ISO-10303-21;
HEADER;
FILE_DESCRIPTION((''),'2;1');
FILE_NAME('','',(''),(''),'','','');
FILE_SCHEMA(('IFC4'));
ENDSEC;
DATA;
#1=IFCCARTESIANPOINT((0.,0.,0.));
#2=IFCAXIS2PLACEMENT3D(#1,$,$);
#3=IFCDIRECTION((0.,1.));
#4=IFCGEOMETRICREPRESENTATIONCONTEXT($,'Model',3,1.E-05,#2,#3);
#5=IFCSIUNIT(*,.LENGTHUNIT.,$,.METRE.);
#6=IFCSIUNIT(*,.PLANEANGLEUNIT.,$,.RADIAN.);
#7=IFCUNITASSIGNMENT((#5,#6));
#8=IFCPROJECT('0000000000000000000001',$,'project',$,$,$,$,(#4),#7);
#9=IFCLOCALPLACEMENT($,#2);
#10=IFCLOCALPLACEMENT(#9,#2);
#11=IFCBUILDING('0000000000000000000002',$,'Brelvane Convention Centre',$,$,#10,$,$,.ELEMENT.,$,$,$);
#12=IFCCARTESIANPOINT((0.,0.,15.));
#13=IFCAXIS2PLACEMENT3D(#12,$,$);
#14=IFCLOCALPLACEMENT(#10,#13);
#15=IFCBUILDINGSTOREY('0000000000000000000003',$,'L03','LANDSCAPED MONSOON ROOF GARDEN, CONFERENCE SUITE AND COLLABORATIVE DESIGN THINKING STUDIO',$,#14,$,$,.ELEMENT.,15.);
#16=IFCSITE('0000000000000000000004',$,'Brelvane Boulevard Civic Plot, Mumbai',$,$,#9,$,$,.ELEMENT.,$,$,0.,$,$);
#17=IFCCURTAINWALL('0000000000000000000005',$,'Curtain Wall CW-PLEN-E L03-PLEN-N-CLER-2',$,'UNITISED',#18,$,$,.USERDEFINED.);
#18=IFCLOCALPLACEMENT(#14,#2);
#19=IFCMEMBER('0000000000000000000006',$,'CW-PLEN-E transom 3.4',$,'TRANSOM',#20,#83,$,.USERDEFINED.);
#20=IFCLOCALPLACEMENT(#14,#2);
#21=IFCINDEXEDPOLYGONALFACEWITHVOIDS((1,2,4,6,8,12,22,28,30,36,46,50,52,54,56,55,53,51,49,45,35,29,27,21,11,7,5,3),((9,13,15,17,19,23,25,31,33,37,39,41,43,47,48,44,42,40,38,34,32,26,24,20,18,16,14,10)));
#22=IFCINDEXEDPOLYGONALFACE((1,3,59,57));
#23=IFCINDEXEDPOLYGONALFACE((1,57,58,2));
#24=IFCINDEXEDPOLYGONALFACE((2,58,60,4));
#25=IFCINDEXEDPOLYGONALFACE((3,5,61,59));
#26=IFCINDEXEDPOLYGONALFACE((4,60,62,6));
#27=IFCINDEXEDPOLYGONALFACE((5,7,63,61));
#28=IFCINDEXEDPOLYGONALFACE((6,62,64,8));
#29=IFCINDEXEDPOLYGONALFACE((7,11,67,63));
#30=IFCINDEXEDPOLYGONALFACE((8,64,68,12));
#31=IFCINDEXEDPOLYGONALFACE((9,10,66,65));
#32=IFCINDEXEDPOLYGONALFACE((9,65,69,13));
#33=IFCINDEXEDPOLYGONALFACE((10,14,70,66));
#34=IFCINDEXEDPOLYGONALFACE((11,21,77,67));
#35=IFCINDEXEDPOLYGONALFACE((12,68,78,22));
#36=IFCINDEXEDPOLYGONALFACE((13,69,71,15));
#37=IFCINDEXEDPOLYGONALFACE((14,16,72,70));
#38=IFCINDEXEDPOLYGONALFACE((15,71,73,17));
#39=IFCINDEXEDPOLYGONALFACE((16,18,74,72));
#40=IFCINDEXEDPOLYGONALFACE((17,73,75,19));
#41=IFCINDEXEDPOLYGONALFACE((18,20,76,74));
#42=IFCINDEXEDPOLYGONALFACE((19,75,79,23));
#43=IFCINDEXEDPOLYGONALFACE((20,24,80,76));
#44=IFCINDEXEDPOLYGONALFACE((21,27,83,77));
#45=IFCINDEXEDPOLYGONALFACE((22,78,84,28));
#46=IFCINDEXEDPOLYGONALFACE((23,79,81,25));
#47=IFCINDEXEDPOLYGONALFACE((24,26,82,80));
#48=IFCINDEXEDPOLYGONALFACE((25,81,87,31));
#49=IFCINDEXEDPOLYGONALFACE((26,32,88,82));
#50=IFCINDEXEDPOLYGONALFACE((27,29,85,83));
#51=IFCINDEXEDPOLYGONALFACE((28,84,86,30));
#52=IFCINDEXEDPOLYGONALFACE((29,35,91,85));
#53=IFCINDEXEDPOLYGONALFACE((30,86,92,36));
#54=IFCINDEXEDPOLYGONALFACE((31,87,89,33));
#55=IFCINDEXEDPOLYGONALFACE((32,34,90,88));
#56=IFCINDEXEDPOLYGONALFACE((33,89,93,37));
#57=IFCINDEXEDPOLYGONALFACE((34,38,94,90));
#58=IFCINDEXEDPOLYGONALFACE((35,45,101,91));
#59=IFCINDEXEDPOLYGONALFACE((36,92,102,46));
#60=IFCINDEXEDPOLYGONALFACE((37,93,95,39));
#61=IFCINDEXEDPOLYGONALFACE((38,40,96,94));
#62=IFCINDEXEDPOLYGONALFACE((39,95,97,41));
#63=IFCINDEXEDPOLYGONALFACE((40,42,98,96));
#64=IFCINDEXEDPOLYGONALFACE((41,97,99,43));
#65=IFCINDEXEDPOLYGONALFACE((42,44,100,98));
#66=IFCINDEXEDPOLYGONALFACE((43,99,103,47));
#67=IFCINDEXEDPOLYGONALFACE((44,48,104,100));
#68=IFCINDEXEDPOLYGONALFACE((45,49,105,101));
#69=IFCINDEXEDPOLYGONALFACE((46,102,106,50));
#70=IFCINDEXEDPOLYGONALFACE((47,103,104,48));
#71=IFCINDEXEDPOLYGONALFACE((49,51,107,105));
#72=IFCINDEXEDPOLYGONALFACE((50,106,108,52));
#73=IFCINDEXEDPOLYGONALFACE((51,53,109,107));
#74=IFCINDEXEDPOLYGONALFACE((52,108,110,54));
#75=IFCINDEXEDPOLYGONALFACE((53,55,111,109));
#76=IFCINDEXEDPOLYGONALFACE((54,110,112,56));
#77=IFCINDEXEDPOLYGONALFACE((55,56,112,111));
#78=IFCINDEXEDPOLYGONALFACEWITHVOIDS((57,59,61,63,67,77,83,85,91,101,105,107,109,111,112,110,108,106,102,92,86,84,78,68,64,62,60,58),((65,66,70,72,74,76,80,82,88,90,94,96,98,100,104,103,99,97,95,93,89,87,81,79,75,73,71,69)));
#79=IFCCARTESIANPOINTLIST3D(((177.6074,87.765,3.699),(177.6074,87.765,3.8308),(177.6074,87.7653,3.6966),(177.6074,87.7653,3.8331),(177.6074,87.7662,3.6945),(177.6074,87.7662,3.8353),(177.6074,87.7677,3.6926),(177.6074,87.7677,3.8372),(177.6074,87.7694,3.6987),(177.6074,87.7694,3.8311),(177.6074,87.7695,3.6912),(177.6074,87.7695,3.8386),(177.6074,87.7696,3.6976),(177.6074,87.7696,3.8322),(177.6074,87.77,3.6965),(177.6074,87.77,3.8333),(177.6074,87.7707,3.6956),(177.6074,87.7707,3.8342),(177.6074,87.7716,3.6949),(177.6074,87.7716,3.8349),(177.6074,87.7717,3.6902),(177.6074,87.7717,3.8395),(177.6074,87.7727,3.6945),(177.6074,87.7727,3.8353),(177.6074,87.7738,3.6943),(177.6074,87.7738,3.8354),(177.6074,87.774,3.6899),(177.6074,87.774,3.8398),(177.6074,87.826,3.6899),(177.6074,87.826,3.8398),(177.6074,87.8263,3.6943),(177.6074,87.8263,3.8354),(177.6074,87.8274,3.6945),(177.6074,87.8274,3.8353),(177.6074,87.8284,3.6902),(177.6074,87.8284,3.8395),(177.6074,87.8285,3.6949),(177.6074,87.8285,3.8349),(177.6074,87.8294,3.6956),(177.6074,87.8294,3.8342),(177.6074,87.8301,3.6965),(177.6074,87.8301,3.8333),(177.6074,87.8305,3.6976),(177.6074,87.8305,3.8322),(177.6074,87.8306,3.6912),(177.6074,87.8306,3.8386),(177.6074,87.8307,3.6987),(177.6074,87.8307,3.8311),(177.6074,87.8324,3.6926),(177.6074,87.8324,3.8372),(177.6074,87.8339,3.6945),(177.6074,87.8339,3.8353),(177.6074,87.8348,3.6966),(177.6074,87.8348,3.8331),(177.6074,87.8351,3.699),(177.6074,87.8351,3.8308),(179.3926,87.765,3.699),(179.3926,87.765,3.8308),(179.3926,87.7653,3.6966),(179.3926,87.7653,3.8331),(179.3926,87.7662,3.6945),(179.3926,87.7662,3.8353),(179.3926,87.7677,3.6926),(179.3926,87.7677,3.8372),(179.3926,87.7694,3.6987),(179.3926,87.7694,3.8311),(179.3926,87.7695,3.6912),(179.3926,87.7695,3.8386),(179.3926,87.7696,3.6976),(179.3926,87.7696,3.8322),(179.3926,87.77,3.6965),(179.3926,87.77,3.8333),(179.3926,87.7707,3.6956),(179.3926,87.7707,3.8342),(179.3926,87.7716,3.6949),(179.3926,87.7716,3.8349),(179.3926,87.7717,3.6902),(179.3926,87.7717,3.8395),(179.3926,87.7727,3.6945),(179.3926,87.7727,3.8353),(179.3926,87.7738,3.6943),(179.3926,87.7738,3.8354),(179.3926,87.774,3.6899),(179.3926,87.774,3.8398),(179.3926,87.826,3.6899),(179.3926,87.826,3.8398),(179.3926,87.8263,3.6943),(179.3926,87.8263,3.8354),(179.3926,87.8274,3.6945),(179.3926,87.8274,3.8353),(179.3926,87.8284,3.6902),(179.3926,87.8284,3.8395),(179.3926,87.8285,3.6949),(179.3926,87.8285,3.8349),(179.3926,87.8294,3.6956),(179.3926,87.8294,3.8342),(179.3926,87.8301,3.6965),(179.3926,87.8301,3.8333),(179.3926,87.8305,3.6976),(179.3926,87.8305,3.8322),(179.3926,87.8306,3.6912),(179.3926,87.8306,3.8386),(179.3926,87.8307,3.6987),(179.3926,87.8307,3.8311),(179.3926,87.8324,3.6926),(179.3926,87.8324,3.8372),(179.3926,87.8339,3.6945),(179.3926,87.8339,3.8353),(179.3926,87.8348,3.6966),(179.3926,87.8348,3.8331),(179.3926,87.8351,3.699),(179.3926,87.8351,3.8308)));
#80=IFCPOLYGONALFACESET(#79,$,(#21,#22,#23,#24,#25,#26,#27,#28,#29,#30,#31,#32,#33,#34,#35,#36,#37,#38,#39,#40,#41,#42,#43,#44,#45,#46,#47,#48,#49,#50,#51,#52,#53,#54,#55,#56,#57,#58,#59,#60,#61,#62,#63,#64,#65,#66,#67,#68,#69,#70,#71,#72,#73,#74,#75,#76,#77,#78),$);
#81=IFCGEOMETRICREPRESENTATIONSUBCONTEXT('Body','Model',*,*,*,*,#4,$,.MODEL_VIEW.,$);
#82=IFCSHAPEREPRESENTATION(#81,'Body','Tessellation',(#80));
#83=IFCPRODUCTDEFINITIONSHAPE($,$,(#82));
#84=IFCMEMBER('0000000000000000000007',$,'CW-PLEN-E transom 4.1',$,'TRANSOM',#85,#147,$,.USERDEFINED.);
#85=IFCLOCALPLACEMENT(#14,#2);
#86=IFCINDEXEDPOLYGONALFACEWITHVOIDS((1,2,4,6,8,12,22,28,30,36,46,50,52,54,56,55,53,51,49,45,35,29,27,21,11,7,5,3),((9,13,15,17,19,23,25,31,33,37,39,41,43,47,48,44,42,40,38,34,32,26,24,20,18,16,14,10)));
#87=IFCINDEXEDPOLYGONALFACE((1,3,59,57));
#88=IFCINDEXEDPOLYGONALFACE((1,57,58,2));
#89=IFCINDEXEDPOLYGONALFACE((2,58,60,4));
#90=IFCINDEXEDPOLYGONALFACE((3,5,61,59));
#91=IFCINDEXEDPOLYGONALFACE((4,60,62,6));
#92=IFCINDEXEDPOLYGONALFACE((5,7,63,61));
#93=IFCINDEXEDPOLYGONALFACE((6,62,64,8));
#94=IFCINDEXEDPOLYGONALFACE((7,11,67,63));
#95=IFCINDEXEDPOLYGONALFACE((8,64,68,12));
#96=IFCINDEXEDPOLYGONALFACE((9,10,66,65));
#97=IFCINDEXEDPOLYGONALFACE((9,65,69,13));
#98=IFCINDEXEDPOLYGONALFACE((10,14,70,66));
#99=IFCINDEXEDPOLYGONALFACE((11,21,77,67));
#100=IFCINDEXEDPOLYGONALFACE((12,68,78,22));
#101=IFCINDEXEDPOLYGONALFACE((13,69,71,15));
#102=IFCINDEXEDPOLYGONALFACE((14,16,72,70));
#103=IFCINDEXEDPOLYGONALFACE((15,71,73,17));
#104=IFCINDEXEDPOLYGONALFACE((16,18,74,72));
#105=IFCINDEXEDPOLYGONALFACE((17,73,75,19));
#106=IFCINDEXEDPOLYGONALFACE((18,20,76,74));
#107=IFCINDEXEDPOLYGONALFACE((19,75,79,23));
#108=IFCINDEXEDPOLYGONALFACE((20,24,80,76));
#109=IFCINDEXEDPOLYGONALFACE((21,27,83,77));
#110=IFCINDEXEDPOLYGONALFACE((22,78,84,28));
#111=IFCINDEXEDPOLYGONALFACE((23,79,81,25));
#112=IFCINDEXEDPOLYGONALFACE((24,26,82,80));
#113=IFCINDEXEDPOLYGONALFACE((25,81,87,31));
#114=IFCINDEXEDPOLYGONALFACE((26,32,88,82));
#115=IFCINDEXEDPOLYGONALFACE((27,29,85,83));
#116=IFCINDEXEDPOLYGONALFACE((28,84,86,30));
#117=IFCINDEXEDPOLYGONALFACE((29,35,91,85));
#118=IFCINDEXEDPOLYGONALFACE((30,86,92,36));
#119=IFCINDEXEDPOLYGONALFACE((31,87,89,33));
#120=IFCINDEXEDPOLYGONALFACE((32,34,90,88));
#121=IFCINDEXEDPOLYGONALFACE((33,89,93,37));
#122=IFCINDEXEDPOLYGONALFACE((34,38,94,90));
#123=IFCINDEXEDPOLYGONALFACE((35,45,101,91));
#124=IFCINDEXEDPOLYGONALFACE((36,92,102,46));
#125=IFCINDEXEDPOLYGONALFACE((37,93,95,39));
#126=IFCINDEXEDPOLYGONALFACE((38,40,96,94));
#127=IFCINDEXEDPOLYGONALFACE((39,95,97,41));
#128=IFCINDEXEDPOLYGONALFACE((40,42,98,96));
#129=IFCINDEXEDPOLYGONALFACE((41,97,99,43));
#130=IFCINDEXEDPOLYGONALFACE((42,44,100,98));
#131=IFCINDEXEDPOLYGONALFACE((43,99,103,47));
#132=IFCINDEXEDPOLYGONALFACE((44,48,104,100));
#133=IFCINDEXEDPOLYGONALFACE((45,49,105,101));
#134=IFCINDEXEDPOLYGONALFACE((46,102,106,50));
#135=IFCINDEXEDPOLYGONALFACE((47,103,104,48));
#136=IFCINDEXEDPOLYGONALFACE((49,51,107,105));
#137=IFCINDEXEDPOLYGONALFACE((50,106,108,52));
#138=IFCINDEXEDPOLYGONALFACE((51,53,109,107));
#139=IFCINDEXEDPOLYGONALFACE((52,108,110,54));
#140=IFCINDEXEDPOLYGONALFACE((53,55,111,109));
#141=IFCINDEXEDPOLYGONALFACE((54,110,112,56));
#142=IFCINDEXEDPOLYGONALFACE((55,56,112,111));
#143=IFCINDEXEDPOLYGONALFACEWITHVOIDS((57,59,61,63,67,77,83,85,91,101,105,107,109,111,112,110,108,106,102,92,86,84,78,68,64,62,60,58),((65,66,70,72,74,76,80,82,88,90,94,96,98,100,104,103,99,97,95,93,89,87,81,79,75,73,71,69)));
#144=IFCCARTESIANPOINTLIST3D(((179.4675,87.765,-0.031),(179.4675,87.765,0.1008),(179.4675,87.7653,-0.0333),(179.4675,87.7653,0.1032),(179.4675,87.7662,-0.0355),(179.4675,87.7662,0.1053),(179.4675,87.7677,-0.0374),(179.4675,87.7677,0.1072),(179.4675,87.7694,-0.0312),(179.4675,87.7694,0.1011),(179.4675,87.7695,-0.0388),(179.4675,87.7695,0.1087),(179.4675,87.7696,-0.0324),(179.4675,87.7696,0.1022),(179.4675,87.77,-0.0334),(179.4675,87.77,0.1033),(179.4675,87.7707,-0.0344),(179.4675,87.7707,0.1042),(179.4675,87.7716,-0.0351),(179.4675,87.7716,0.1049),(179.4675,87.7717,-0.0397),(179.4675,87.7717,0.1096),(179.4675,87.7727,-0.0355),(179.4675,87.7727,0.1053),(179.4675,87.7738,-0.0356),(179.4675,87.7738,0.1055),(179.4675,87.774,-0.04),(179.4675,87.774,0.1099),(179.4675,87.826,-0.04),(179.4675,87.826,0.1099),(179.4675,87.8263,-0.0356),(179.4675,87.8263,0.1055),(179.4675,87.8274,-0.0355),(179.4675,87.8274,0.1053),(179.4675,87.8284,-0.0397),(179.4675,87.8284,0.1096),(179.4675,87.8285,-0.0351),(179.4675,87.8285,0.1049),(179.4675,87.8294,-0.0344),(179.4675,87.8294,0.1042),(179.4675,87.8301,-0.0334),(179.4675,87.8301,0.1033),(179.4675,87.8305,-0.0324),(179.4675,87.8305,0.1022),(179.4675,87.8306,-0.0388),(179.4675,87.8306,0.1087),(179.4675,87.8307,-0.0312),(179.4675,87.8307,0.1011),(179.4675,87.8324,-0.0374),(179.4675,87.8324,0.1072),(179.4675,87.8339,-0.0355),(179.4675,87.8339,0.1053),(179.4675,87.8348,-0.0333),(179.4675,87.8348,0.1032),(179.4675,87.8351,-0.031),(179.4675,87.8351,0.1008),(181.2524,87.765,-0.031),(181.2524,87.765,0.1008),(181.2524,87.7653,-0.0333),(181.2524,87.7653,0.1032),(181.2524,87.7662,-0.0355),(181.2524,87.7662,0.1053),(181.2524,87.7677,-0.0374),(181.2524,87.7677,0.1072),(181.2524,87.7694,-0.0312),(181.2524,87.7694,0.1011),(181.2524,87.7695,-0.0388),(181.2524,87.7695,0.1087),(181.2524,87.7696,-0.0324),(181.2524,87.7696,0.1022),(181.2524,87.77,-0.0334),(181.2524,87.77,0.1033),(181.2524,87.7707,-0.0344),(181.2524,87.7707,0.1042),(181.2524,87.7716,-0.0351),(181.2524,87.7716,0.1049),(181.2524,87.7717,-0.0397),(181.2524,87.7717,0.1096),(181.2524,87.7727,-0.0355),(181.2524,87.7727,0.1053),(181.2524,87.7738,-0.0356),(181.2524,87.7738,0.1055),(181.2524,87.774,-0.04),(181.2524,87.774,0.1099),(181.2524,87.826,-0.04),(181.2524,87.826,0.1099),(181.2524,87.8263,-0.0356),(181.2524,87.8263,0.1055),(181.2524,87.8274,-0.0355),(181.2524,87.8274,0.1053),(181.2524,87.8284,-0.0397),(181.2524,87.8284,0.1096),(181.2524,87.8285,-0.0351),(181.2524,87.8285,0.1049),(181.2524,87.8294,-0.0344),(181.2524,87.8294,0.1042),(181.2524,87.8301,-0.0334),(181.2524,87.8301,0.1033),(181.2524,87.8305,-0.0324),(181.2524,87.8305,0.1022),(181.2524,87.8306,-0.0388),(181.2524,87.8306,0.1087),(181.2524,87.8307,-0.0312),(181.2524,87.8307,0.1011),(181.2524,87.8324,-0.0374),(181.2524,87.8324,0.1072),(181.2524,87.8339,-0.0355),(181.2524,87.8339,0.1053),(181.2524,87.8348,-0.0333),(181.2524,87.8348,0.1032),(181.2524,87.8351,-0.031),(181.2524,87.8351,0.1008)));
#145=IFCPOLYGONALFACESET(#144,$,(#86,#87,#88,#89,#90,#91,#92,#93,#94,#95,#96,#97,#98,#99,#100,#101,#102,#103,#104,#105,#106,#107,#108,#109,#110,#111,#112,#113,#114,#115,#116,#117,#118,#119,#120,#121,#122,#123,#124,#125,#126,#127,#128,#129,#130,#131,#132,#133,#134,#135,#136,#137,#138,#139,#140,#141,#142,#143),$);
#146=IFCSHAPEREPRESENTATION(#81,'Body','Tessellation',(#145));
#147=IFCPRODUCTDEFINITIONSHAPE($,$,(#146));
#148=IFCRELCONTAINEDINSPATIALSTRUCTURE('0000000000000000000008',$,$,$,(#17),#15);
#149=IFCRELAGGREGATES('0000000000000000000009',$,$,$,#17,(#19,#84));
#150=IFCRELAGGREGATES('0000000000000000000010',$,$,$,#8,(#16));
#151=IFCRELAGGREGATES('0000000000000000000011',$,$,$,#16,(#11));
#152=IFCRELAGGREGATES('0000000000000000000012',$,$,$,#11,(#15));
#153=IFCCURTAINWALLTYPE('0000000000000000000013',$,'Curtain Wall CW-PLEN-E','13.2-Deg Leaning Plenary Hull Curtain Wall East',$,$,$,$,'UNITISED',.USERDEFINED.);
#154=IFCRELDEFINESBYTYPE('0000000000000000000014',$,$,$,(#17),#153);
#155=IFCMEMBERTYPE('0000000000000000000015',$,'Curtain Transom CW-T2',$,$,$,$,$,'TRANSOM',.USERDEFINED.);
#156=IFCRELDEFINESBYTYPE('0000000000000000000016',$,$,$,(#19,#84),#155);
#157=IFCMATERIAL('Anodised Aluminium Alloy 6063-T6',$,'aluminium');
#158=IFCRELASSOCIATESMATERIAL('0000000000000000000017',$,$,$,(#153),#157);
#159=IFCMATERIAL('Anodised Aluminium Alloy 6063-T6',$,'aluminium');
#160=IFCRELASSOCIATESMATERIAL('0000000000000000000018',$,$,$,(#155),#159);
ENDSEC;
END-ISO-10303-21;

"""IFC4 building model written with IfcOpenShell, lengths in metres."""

from ifc_helpers import new_model, si_unit, direction, frame, origin, origin_2d, place, context, subcontext, project, spatial, hollow_rectangle, extrude, material, material_profile, profile_set, type_object, element, aggregate, save


model = new_model("IFC4")

# Units and contexts
model_context = context("Model", 3, precision=1e-05, world=origin(), true_north=direction((0.0, 1.0)))
body_context = subcontext(model_context, "Body", "Model", "MODEL_VIEW")
ifc_project = project(units=[si_unit("LENGTHUNIT", "METRE"), si_unit("PLANEANGLEUNIT", "RADIAN")], contexts=[model_context])

# Site, building, storey
site_placement = place(None, origin())
site = spatial("IfcSite", under=ifc_project, at=site_placement, Name="Brelvane Boulevard Civic Plot, Mumbai", CompositionType="ELEMENT", RefElevation=0.0)
building_placement = place(site_placement, origin())
building = spatial("IfcBuilding", under=site, at=building_placement, Name="Brelvane Convention Centre", CompositionType="ELEMENT")
storey_placement = place(building_placement, frame((0.0, 0.0, 15.0)))
storey = spatial("IfcBuildingStorey", under=building, at=storey_placement, Name="L03", Description="LANDSCAPED MONSOON ROOF GARDEN, CONFERENCE SUITE AND COLLABORATIVE DESIGN THINKING STUDIO", CompositionType="ELEMENT", Elevation=15.0)

# Curtain wall, members
ifc_material_1 = material(Name="Anodised Aluminium Alloy 6063-T6", Category="aluminium")
curtain_wall_type = type_object("IfcCurtainWallType", Name="Curtain Wall CW-PLEN-E", Description="13.2-Deg Leaning Plenary Hull Curtain Wall East", ElementType="UNITISED", PredefinedType="USERDEFINED", material=ifc_material_1)
curtain_wall_placement = place(storey_placement, origin())
curtain_wall = element("IfcCurtainWall", 1, at=curtain_wall_placement, inside=storey, type_object=curtain_wall_type, Name="Curtain Wall CW-PLEN-E L03-PLEN-N-CLER-2", ObjectType="UNITISED", PredefinedType="USERDEFINED")
ifc_material_2 = material(Name="Anodised Aluminium Alloy 6063-T6", Category="aluminium")
ifc_material_profile_1 = material_profile(ifc_material_2, hollow_rectangle(XDim=0.0701, YDim=0.1499, WallThickness=0.0044, InnerFilletRadius=0.0044, OuterFilletRadius=0.009, at=origin_2d()), Name="ALU-T 150x70x4.5")
ifc_profile_set_1 = profile_set([ifc_material_profile_1], Name="Anodised Aluminium Alloy 6063-T6")
member_type_1 = type_object("IfcMemberType", Name="Curtain Transom CW-T2", ElementType="TRANSOM", PredefinedType="USERDEFINED", material=ifc_profile_set_1)
member_1_placement = place(storey_placement, frame((177.6074, 87.8, 3.7649), z_axis=(1.0, 0.0, 0.0), x_axis=(0.0, 1.0, 0.0)))
member_1 = element("IfcMember", 2, at=member_1_placement, type_object=member_type_1, Name="CW-PLEN-E transom 3.4", ObjectType="TRANSOM", PredefinedType="USERDEFINED", context=body_context, shape_type="SweptSolid", body=[
    extrude(hollow_rectangle(XDim=0.0701, YDim=0.1499, WallThickness=0.0044, InnerFilletRadius=0.0044, OuterFilletRadius=0.009, at=origin_2d()), origin(), (0.0, 0.0, 1.0), 1.7852),
])
member_2_placement = place(storey_placement, frame((179.4675, 87.8, 0.0349), z_axis=(1.0, 0.0, 0.0), x_axis=(0.0, 1.0, 0.0)))
member_2 = element("IfcMember", 3, at=member_2_placement, type_object=member_type_1, Name="CW-PLEN-E transom 4.1", ObjectType="TRANSOM", PredefinedType="USERDEFINED", context=body_context, shape_type="SweptSolid", body=[
    extrude(hollow_rectangle(XDim=0.0701, YDim=0.1499, WallThickness=0.0044, InnerFilletRadius=0.0044, OuterFilletRadius=0.009, at=origin_2d()), origin(), (0.0, 0.0, 1.0), 1.7849),
])

aggregate(curtain_wall, [member_1, member_2])

save(model, "model.ifc")
